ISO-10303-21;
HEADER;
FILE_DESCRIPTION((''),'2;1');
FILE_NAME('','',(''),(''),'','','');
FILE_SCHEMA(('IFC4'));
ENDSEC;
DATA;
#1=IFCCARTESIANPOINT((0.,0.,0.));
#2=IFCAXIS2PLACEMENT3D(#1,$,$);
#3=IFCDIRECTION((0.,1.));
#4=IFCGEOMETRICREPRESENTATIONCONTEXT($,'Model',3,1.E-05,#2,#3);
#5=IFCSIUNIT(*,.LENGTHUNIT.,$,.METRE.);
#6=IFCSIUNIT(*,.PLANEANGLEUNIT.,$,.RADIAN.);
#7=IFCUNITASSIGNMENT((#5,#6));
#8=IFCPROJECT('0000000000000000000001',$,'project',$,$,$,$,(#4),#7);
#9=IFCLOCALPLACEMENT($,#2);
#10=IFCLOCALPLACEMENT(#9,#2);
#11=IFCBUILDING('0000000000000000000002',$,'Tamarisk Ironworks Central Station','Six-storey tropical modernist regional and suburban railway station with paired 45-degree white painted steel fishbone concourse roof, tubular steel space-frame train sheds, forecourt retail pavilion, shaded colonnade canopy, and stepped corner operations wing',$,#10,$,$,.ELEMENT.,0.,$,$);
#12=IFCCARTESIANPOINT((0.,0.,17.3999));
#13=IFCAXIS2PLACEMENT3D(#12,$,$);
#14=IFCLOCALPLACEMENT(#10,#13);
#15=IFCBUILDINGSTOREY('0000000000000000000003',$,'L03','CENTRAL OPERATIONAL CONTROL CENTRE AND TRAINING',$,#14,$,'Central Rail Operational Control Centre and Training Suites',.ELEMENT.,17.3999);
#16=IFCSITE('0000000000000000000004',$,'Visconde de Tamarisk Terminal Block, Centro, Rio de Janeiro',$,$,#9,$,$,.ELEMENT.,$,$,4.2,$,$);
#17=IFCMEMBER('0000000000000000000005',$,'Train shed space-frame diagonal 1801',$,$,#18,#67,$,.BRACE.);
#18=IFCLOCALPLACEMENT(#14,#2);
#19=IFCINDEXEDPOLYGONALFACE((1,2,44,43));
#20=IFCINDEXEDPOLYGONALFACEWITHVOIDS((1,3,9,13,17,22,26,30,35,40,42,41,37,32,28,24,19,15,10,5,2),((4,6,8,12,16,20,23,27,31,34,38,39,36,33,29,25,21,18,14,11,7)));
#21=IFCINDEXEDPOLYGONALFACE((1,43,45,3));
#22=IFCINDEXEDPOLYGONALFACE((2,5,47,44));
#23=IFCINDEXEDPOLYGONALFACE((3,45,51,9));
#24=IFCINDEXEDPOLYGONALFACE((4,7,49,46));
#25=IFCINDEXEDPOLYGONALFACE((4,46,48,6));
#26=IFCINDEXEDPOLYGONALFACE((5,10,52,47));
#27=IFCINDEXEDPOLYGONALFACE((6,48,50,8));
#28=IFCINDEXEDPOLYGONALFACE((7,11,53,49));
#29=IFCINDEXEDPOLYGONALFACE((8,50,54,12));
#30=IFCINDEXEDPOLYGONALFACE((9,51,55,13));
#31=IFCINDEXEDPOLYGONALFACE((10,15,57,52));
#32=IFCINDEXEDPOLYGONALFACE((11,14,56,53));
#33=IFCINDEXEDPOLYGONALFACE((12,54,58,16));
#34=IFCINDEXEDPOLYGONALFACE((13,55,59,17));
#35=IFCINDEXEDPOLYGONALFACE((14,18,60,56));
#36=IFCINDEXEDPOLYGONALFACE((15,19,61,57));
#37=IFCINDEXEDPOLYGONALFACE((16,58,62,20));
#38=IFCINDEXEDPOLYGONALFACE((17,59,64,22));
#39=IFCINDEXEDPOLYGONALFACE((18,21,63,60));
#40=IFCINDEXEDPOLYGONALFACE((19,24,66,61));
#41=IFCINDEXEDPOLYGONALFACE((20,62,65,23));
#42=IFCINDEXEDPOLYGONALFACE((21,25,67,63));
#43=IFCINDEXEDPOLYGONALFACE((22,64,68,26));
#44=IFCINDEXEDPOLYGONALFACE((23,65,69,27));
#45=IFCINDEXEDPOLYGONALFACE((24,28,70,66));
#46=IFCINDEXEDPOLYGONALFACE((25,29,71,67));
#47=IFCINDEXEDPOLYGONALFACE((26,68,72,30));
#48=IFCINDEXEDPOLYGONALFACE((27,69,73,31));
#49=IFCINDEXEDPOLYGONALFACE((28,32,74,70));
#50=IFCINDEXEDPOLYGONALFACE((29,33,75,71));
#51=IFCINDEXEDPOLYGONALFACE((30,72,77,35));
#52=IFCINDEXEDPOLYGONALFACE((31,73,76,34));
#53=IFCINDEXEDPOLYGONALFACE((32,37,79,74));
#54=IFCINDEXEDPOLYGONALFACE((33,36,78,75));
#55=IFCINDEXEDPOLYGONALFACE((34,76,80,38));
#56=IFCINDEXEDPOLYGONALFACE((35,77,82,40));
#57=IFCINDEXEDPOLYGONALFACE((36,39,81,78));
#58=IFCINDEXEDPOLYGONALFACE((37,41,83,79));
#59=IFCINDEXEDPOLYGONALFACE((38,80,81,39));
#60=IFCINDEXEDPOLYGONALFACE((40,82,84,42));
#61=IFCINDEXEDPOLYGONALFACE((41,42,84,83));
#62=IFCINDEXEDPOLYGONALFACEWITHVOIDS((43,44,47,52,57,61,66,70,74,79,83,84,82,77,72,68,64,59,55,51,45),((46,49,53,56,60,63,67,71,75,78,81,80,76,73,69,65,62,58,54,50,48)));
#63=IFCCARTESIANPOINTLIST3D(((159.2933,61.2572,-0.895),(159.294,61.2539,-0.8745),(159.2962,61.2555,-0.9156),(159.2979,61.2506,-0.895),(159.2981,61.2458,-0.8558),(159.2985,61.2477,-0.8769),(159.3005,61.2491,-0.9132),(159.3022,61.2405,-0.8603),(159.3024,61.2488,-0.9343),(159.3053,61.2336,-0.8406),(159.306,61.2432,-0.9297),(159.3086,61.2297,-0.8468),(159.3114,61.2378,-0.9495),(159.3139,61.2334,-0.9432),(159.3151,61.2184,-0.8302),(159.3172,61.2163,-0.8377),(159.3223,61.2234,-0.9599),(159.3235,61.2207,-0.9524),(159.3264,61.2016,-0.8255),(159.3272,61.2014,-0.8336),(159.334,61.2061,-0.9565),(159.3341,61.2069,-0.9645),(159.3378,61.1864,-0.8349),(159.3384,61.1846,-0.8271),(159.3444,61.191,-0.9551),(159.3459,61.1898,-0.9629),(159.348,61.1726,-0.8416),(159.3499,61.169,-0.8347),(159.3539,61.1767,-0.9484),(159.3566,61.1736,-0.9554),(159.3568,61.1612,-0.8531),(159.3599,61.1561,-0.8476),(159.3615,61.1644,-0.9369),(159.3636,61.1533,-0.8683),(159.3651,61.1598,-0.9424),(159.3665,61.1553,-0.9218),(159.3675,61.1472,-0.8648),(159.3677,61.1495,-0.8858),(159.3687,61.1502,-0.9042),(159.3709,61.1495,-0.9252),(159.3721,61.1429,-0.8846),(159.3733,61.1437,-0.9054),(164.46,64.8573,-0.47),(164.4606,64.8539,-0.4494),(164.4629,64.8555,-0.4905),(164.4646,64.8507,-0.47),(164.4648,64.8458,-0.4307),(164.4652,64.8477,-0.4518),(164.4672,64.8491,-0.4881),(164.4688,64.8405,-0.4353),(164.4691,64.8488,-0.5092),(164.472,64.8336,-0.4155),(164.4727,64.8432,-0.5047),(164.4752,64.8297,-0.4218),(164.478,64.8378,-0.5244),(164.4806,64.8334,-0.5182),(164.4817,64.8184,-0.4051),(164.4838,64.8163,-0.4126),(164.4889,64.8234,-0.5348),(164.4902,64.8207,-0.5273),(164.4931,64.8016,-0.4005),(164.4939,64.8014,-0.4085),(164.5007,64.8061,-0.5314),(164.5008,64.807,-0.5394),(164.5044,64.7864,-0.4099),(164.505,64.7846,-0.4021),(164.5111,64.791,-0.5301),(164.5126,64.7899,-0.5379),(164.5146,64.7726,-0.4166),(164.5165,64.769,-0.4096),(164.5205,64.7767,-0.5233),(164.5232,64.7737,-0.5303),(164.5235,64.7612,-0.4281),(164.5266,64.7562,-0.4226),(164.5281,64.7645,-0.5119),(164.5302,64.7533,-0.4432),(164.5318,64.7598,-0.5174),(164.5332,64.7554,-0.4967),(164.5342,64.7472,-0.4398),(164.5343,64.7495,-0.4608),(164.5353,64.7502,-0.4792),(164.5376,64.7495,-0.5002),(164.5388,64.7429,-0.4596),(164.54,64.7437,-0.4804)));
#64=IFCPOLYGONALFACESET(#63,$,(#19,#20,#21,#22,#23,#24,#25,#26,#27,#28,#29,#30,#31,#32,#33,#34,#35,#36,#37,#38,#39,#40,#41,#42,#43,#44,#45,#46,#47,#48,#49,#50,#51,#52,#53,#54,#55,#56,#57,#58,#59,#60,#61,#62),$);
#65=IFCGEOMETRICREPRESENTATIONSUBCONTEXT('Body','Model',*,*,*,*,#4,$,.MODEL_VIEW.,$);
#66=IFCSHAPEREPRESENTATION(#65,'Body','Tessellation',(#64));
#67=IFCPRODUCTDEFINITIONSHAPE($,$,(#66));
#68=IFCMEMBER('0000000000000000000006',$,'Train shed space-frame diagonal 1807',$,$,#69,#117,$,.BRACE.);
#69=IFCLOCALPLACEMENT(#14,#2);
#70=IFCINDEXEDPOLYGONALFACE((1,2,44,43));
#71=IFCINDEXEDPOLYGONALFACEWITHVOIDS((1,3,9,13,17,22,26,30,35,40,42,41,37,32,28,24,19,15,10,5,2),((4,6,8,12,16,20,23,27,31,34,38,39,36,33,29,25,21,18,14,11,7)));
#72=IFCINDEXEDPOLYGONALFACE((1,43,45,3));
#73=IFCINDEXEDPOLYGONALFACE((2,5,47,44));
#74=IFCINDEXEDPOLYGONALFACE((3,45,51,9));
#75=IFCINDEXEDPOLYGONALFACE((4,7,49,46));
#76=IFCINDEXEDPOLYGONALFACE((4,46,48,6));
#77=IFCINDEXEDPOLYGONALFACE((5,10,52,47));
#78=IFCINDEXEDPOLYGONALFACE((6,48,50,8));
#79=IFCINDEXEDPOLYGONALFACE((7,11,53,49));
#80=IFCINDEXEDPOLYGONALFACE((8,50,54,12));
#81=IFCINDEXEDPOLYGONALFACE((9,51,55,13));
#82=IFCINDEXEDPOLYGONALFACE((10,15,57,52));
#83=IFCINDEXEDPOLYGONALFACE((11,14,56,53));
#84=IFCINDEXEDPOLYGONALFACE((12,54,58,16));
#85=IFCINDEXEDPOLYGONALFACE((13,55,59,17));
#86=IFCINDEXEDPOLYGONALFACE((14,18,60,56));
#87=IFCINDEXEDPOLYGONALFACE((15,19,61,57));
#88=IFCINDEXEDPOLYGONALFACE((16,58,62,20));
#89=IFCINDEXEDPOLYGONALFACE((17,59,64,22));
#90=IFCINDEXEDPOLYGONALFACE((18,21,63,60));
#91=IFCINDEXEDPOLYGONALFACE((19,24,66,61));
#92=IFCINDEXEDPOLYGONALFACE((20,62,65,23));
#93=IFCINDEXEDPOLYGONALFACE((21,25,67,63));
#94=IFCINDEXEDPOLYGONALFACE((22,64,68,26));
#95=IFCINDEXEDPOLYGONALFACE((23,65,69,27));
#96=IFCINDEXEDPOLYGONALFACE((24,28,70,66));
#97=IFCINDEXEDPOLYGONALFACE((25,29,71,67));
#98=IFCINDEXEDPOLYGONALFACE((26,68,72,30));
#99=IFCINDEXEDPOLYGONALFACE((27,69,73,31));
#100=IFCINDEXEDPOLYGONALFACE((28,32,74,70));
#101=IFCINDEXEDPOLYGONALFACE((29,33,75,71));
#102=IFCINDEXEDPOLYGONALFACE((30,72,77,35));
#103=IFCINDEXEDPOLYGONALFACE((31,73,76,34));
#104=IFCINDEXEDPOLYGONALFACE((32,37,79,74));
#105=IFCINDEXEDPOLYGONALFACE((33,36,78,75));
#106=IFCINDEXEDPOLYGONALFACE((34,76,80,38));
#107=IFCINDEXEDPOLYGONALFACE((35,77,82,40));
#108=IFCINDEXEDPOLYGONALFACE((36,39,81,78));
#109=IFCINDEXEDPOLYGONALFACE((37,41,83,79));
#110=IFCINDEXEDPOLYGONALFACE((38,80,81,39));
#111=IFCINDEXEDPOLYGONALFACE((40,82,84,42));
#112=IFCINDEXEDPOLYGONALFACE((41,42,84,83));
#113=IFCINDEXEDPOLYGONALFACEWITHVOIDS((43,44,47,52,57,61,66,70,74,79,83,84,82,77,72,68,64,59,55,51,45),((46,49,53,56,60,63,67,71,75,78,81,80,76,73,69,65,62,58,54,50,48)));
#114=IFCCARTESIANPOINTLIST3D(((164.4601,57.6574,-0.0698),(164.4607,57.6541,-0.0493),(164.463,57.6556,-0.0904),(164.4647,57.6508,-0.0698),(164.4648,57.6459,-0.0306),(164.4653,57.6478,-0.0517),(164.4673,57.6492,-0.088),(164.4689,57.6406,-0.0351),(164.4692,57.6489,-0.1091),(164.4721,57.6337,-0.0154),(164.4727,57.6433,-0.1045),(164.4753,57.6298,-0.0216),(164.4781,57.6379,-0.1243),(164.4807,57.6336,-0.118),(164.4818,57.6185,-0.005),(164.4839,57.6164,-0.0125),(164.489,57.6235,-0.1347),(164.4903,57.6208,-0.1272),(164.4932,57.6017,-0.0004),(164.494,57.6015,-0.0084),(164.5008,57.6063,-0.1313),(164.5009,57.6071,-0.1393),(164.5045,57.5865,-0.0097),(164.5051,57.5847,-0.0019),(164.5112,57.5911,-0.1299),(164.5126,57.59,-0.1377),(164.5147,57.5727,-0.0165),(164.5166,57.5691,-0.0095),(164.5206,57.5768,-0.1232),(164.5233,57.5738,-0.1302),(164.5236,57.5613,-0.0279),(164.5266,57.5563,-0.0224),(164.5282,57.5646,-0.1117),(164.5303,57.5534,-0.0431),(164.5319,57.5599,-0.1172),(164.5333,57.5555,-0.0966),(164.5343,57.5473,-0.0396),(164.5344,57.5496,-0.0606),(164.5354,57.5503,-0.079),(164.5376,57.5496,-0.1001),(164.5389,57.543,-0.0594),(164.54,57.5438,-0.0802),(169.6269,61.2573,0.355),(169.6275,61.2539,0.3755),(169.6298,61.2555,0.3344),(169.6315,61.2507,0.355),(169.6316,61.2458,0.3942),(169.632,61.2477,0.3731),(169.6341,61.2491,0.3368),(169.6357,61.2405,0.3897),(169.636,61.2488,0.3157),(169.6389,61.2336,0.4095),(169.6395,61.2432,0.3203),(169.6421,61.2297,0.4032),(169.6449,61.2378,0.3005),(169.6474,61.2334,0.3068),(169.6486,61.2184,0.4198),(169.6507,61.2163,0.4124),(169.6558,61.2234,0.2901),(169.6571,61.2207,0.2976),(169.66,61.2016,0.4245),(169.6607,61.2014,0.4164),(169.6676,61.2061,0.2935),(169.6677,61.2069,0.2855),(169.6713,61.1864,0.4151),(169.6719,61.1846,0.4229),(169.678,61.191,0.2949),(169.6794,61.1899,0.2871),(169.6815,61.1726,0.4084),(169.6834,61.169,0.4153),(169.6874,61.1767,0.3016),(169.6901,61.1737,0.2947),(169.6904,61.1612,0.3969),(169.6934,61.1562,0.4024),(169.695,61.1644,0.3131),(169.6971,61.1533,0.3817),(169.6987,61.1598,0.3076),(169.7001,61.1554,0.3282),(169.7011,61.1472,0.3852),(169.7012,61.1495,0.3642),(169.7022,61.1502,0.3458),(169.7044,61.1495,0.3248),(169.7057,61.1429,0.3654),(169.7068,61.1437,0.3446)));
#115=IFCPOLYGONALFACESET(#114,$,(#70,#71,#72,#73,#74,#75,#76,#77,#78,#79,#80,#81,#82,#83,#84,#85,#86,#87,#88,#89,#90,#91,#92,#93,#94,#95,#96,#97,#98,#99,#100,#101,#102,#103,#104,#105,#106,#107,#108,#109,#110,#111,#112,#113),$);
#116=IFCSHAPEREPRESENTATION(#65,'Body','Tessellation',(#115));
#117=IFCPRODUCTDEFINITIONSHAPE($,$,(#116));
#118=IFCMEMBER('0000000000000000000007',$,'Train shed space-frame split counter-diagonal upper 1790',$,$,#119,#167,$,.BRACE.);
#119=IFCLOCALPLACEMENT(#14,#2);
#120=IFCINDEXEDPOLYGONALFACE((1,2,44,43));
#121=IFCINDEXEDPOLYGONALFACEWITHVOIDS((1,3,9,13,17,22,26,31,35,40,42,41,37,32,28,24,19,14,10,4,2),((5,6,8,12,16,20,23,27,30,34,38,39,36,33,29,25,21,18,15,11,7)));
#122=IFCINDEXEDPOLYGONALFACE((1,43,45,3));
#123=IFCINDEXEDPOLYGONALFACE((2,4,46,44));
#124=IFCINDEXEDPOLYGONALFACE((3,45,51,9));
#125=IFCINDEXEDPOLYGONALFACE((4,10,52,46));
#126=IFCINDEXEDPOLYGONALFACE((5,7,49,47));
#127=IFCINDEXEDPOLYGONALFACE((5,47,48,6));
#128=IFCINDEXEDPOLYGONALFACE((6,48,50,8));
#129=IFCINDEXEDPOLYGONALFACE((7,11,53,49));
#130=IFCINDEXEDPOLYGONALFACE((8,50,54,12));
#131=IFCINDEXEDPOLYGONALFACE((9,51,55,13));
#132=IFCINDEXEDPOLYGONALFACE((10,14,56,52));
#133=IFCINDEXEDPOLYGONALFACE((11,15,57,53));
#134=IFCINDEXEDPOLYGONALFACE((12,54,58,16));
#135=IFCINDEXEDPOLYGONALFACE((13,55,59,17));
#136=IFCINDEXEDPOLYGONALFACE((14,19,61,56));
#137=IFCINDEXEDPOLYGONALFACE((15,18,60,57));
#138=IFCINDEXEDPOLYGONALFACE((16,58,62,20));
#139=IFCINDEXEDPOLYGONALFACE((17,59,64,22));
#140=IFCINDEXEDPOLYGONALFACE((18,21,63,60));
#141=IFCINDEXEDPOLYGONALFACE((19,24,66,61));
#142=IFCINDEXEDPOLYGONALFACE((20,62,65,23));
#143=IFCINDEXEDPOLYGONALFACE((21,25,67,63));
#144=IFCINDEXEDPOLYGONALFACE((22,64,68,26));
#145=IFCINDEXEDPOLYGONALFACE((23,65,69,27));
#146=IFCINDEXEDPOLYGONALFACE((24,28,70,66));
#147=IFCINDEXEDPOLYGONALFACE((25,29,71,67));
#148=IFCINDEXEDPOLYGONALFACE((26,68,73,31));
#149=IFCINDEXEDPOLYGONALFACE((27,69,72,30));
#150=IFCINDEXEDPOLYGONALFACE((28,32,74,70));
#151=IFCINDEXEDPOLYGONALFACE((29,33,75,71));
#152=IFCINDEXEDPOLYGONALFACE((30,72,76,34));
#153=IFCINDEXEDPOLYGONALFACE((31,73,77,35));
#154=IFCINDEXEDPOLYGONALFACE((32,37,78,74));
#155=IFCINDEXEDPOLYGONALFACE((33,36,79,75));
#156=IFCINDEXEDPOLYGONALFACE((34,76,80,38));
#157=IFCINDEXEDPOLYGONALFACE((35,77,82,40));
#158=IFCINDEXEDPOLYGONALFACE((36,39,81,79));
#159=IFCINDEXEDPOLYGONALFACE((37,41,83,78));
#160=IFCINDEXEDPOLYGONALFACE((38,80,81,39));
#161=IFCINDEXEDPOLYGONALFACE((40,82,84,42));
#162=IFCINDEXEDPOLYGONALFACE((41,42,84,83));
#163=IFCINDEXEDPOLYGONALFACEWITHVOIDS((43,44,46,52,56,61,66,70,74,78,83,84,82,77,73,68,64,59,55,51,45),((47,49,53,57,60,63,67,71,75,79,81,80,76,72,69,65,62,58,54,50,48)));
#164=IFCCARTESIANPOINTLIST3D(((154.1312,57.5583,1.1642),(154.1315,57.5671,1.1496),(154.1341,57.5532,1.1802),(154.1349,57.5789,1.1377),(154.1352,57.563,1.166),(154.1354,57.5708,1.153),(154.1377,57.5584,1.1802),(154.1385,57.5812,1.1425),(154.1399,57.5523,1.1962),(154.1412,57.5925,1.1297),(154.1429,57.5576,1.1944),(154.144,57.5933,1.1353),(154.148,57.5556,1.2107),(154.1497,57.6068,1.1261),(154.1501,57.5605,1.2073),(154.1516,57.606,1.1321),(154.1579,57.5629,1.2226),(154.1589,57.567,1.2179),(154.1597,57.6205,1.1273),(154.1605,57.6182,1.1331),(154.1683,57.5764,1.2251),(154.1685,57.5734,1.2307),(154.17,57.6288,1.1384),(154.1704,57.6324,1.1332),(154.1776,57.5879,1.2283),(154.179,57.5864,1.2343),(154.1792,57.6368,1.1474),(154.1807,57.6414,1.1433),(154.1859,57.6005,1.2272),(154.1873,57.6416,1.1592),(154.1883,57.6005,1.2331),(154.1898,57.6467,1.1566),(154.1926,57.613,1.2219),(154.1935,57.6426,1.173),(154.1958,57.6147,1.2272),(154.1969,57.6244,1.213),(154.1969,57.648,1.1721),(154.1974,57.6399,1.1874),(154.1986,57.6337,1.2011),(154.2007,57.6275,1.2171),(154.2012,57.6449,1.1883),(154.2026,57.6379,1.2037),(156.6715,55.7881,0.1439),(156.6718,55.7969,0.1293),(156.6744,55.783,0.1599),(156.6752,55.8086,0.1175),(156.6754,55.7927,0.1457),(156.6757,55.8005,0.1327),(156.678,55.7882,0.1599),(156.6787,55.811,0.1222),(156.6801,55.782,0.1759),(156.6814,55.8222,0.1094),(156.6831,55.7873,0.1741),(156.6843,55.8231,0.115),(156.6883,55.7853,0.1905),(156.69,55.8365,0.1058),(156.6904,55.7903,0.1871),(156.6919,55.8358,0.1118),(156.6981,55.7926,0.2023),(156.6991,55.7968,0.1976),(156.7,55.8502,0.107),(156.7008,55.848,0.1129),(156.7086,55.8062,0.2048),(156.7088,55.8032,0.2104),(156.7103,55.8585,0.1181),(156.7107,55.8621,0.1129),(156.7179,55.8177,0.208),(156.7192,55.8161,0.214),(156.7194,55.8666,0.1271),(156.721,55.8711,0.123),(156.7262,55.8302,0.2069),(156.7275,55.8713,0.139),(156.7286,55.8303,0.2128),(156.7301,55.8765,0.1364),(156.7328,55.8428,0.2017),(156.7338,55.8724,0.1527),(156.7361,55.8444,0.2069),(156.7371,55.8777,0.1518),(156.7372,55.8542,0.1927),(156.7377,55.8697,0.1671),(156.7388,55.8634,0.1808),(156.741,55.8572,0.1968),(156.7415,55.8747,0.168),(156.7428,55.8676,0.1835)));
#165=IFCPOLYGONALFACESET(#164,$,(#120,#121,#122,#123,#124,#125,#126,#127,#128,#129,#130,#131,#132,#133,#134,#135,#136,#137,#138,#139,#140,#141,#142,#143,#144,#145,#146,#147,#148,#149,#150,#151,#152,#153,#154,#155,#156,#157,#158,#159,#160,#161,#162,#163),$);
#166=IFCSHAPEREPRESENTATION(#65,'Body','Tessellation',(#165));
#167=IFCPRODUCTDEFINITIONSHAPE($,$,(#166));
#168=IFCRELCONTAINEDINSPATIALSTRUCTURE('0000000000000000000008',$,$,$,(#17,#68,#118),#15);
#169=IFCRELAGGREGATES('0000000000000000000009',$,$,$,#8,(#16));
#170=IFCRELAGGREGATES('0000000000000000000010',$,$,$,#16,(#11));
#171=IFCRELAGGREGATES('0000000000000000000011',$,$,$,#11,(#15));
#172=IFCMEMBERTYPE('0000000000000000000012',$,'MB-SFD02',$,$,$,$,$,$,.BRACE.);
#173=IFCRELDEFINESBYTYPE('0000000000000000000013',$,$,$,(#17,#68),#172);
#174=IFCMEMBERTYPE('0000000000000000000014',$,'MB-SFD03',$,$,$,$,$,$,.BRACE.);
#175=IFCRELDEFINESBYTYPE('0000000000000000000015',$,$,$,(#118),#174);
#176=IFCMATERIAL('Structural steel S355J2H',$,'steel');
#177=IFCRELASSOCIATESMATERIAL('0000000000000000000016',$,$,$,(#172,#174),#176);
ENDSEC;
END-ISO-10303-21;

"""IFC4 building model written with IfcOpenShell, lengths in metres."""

from ifc_helpers import new_model, si_unit, direction, frame, origin, origin_2d, place, context, subcontext, project, spatial, hollow_circle, extrude, material, material_profile, profile_set, type_object, element, save


model = new_model("IFC4")

# Units and contexts
model_context = context("Model", 3, precision=1e-05, world=origin(), true_north=direction((0.0, 1.0)))
body_context = subcontext(model_context, "Body", "Model", "MODEL_VIEW")
ifc_project = project(units=[si_unit("LENGTHUNIT", "METRE"), si_unit("PLANEANGLEUNIT", "RADIAN")], contexts=[model_context])

# Site, building, storey
site_placement = place(None, origin())
site = spatial("IfcSite", under=ifc_project, at=site_placement, Name="Visconde de Tamarisk Terminal Block, Centro, Rio de Janeiro", CompositionType="ELEMENT", RefElevation=4.2)
building_placement = place(site_placement, origin())
building = spatial("IfcBuilding", under=site, at=building_placement, Name="Tamarisk Ironworks Central Station", Description="Six-storey tropical modernist regional and suburban railway station with paired 45-degree white painted steel fishbone concourse roof, tubular steel space-frame train sheds, forecourt retail pavilion, shaded colonnade canopy, and stepped corner operations wing", CompositionType="ELEMENT", ElevationOfRefHeight=0.0)
storey_placement = place(building_placement, frame((0.0, 0.0, 17.3999)))
storey = spatial("IfcBuildingStorey", under=building, at=storey_placement, Name="L03", Description="CENTRAL OPERATIONAL CONTROL CENTRE AND TRAINING", LongName="Central Rail Operational Control Centre and Training Suites", CompositionType="ELEMENT", Elevation=17.3999)

# Members
ifc_material = material(Name="Structural steel S355J2H", Category="steel")
ifc_material_profile_1 = material_profile(ifc_material, hollow_circle(Radius=0.0698, WallThickness=0.0081, at=origin_2d()), Name="CHS 139.7x8")
ifc_profile_set_1 = profile_set([ifc_material_profile_1], Name="Structural steel S355J2H")
member_type_1 = type_object("IfcMemberType", Name="MB-SFD02", PredefinedType="BRACE", material=ifc_profile_set_1)
for number, where, z_axis, x_axis, name in (
    (1, (159.3333, 61.2, -0.895), (0.818608, 0.570391, 0.067344), (-0.571689, 0.82047, 0.0), "Train shed space-frame diagonal 1801"),
    (2, (164.5, 57.6001, -0.0698), (0.818628, 0.570367, 0.067307), (-0.571663, 0.820489, 0.0), "Train shed space-frame diagonal 1807"),
):
    element("IfcMember", number, at=place(storey_placement, frame(where, z_axis=z_axis, x_axis=x_axis)), inside=storey, type_object=member_type_1, Name=name, PredefinedType="BRACE", context=body_context, shape_type="SweptSolid", body=[
        extrude(hollow_circle(Radius=0.0698, WallThickness=0.0081, at=origin_2d()), origin(), (0.0, 0.0, 1.0), 6.3115),
    ])
ifc_material_profile_2 = material_profile(ifc_material, hollow_circle(Radius=0.0571, WallThickness=0.0063, at=origin_2d()), Name="CHS 114.3x6.3")
ifc_profile_set_2 = profile_set([ifc_material_profile_2], Name="Structural steel S355J2H")
member_type_2 = type_object("IfcMemberType", Name="MB-SFD03", PredefinedType="BRACE", material=ifc_profile_set_2)
member_1_placement = place(storey_placement, frame((156.707, 55.8298, 0.1599), z_axis=(-0.77922, 0.54302, 0.312961), x_axis=(-0.571741, -0.820434, 0.0)))
element("IfcMember", 3, at=member_1_placement, inside=storey, type_object=member_type_2, Name="Train shed space-frame split counter-diagonal upper 1790", PredefinedType="BRACE", context=body_context, shape_type="SweptSolid", body=[
    extrude(hollow_circle(Radius=0.0571, WallThickness=0.0063, at=origin_2d()), origin(), (0.0, 0.0, 1.0), 3.26),
])

save(model, "model.ifc")
